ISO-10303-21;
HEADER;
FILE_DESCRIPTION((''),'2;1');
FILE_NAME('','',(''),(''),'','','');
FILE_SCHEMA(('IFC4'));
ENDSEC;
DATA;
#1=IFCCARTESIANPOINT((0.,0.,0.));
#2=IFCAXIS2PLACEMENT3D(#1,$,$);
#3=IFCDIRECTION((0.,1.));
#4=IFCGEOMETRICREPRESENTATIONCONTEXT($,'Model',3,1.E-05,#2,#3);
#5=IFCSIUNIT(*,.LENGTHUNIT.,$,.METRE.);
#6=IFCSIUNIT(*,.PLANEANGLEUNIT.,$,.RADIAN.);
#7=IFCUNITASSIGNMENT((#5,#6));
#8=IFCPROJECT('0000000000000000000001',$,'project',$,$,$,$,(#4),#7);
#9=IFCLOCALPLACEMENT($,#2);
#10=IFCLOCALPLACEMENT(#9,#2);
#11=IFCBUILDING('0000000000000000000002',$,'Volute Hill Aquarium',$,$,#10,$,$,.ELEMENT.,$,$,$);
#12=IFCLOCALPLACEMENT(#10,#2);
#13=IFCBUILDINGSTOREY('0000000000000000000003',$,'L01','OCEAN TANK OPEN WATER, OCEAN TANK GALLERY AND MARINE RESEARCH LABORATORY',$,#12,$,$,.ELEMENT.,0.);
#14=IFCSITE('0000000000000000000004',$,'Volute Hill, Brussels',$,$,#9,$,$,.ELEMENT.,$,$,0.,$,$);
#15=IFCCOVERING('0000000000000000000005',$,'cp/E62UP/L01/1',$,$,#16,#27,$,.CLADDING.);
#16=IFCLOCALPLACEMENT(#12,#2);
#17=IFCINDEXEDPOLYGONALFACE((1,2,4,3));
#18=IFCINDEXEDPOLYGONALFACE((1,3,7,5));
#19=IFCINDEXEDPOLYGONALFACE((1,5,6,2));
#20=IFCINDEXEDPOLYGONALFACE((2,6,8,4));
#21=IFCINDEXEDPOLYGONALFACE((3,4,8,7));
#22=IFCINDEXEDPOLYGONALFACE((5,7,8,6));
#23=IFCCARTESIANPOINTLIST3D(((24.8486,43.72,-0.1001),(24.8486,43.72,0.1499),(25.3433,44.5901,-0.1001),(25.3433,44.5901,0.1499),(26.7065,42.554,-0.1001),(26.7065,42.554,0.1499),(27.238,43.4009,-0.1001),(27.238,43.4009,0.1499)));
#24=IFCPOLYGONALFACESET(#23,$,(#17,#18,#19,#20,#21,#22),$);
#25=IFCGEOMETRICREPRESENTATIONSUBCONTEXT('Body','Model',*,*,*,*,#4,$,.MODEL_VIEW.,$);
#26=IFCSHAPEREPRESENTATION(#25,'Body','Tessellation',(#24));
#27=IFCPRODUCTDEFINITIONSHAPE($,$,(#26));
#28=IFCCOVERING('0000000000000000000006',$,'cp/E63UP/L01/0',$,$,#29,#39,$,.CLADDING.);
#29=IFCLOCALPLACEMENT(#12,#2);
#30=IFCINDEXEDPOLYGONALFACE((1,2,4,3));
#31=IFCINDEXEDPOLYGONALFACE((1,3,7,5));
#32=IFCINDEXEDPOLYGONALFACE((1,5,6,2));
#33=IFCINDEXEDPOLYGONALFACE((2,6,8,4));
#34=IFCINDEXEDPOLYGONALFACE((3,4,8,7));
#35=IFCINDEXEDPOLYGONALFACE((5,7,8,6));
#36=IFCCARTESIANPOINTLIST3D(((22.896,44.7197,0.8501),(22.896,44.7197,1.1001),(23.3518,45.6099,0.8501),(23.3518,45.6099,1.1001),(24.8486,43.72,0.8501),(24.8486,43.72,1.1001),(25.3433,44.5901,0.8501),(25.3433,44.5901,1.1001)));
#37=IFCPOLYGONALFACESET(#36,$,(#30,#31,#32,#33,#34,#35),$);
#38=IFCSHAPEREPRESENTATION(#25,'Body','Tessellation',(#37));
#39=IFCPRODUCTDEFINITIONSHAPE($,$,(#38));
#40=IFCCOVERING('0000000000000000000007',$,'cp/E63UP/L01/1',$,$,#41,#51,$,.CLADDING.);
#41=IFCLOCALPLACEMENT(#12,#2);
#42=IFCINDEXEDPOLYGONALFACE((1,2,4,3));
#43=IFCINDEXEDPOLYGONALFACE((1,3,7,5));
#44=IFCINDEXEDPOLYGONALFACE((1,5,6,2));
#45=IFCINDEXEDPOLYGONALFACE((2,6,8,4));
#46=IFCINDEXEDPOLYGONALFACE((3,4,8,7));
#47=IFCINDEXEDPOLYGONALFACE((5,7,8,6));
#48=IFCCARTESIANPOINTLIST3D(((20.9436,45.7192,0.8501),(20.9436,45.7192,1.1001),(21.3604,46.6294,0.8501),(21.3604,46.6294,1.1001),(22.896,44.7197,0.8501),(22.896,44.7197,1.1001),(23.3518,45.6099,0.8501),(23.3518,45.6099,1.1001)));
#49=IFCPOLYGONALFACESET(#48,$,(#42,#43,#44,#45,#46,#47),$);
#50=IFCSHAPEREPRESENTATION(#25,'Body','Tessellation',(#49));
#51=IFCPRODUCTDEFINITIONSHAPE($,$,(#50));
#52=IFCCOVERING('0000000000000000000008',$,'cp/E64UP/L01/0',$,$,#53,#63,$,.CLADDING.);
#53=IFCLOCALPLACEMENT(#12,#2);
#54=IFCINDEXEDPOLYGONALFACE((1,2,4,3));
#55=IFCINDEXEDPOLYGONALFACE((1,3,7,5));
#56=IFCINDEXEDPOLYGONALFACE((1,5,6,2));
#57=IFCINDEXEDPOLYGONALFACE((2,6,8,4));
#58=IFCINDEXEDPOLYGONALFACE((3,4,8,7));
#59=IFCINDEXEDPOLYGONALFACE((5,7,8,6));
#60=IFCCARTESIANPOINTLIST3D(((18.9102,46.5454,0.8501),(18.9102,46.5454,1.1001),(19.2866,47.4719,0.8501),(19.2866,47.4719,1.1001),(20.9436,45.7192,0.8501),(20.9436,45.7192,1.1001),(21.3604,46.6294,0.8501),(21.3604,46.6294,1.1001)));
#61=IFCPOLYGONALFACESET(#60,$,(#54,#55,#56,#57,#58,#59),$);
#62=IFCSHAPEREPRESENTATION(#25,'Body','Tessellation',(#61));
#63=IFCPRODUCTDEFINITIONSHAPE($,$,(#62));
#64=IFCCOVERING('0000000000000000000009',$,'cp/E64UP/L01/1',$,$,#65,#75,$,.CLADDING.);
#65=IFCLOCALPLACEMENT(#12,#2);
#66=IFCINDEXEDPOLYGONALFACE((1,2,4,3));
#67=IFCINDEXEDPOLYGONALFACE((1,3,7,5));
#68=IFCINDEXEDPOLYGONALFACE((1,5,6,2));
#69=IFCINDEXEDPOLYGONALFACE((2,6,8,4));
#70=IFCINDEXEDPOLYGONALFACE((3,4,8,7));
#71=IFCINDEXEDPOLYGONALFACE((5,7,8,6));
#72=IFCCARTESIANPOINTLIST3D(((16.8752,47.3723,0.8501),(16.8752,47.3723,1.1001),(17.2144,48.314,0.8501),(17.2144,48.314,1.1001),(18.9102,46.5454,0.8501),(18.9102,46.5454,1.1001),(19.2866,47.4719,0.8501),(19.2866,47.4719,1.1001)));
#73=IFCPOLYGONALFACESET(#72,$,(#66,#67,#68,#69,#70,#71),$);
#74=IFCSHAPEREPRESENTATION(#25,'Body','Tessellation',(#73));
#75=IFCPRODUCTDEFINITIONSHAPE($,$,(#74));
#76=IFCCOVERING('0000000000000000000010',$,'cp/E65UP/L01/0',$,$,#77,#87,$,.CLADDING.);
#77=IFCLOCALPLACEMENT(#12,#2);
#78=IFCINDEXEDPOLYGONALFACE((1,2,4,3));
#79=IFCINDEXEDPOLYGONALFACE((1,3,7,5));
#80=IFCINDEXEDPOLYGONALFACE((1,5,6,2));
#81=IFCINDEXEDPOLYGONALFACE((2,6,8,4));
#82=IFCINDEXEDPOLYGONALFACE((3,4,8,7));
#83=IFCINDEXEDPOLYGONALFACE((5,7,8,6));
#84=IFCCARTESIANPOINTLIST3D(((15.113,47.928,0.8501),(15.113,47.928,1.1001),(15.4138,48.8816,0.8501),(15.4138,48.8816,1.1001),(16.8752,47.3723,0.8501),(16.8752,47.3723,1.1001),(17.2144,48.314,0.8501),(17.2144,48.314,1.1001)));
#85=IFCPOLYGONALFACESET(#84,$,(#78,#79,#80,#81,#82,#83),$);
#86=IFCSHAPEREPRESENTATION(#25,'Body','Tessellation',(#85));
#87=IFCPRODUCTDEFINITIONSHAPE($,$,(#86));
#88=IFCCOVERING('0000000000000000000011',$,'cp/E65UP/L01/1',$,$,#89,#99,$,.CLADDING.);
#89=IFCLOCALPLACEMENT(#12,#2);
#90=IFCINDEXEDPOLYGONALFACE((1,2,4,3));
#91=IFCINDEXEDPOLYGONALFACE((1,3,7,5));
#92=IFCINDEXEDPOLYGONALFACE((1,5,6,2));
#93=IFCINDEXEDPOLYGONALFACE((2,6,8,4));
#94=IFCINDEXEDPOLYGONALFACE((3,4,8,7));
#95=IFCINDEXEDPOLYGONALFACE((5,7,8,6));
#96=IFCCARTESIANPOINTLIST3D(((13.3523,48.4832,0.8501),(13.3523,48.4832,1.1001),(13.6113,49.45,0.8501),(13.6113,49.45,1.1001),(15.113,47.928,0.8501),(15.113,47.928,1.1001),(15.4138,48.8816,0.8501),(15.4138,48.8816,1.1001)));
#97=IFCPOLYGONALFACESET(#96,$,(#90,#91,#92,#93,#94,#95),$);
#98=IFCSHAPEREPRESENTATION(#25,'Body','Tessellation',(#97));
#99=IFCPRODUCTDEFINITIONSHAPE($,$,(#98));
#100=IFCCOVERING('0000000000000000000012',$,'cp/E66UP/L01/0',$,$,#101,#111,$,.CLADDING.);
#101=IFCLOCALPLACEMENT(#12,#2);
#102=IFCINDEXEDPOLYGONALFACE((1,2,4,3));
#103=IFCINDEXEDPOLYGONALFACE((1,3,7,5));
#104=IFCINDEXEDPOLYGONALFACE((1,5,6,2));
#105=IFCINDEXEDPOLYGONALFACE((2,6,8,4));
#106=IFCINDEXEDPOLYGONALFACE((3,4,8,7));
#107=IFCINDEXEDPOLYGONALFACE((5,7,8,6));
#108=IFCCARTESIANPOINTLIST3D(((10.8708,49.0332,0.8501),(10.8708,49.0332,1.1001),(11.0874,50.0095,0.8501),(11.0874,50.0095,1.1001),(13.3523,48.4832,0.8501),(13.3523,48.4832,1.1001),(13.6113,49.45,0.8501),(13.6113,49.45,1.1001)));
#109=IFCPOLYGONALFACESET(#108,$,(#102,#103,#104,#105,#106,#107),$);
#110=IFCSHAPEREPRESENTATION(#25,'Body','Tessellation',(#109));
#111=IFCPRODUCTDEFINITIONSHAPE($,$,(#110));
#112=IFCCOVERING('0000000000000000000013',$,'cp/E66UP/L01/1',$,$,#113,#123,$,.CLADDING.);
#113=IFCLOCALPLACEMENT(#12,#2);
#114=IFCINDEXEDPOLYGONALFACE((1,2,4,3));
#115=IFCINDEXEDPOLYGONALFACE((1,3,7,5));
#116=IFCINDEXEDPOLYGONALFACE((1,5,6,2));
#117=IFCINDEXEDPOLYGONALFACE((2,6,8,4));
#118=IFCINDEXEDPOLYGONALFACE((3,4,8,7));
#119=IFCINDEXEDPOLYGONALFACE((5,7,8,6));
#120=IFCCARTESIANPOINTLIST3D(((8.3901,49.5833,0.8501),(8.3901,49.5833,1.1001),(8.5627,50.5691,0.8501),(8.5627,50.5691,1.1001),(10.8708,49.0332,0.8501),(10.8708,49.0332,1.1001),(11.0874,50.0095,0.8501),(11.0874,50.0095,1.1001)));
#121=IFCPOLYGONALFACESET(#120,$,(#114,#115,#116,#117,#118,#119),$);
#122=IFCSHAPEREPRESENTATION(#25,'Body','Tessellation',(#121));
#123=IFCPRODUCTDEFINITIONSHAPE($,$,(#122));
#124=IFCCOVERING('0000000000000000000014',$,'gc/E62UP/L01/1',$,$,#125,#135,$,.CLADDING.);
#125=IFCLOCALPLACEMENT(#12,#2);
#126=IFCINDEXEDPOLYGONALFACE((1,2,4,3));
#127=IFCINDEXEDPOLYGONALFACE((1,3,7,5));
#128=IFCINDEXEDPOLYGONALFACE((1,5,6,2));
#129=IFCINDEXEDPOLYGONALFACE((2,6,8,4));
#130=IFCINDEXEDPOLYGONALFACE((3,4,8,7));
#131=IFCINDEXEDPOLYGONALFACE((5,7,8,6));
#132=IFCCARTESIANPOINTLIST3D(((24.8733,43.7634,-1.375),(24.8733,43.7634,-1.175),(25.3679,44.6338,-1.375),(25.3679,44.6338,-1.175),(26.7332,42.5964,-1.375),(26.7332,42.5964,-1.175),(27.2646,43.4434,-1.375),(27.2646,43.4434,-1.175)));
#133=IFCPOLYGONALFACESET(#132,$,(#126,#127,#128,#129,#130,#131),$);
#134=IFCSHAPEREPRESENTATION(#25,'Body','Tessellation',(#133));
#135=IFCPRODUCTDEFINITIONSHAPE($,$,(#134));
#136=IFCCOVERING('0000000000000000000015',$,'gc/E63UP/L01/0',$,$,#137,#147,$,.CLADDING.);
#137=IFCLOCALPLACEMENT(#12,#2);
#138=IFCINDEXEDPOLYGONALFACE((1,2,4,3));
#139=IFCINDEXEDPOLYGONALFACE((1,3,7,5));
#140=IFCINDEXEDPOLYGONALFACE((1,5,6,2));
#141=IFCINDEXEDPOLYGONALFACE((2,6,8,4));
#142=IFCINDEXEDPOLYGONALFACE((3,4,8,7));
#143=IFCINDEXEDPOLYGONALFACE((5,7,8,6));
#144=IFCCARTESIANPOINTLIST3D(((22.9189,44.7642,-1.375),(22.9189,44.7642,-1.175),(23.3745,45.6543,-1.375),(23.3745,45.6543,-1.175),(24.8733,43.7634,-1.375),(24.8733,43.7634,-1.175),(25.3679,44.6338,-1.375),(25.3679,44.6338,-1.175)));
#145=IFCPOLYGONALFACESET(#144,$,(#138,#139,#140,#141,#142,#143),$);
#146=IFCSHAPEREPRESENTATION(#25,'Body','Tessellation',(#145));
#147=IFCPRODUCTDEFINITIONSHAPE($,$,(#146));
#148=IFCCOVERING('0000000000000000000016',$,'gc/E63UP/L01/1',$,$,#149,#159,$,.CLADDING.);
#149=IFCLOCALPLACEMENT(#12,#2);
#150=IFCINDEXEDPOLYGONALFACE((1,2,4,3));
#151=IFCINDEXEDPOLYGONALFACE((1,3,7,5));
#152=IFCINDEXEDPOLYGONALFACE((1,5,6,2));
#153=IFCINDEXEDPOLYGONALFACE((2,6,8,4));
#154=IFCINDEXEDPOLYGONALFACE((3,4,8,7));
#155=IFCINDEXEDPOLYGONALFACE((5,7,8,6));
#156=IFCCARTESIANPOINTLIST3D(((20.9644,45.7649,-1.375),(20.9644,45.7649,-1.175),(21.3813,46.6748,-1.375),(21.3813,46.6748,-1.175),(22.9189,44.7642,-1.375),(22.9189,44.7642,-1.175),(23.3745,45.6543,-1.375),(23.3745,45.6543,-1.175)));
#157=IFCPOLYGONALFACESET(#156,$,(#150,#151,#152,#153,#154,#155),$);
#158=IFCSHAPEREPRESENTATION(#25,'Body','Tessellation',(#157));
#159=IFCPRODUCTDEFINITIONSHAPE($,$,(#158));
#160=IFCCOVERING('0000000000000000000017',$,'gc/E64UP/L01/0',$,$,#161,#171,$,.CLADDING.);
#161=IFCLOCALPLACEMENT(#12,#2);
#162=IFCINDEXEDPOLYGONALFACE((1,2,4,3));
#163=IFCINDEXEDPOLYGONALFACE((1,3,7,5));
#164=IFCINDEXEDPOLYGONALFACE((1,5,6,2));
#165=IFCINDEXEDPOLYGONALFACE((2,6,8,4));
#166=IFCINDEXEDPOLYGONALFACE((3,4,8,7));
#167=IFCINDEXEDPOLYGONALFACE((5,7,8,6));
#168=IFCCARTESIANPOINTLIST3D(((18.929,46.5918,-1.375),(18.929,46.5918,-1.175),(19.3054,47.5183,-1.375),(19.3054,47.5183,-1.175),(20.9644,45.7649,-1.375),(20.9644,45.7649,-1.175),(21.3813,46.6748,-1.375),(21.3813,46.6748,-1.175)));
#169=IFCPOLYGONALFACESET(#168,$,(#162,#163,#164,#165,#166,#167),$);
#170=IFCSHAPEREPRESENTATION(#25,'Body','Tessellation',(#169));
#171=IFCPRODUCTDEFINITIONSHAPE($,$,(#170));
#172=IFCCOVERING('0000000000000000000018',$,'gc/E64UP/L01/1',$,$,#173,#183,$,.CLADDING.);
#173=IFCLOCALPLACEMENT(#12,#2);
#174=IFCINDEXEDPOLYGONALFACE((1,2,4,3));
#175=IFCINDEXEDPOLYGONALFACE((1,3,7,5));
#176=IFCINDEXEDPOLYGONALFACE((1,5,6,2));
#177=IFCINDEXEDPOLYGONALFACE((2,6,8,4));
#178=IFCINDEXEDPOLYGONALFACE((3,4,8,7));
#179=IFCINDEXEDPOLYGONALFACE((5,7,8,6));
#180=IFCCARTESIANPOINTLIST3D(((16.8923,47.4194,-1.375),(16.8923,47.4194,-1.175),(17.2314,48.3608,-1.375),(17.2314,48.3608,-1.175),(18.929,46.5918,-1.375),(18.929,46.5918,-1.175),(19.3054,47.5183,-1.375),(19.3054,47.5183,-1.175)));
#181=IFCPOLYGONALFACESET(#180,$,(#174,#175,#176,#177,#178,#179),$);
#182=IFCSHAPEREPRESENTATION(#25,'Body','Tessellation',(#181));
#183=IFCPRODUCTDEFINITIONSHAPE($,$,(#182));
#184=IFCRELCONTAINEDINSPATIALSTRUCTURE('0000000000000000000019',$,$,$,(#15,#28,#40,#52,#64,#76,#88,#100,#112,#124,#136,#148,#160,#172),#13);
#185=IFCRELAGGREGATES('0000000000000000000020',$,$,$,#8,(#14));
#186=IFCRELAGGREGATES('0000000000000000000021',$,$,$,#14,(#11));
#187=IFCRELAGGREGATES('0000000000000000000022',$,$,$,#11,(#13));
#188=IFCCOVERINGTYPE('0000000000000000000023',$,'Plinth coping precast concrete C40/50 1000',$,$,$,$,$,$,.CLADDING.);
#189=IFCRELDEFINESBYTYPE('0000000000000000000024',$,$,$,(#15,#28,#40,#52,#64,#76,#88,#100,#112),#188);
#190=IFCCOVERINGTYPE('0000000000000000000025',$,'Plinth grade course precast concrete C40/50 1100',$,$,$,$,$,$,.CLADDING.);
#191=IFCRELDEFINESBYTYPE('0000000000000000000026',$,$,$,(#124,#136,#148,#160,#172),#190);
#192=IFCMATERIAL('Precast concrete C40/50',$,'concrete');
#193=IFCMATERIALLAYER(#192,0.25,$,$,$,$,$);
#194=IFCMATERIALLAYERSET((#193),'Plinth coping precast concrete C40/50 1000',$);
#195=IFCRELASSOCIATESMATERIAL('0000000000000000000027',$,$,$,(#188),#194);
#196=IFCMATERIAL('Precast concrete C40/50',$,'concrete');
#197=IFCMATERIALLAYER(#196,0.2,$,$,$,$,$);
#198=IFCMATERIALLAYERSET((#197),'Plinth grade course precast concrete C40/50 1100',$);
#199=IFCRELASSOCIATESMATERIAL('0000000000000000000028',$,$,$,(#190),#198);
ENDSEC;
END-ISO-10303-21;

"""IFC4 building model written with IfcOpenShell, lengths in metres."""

from ifc_helpers import new_model, si_unit, direction, frame, origin, place, context, subcontext, project, spatial, polyline, outline, extrude, material, layer, layer_set, type_object, element, save


model = new_model("IFC4")

# Units and contexts
model_context = context("Model", 3, precision=1e-05, world=origin(), true_north=direction((0.0, 1.0)))
body_context = subcontext(model_context, "Body", "Model", "MODEL_VIEW")
ifc_project = project(units=[si_unit("LENGTHUNIT", "METRE"), si_unit("PLANEANGLEUNIT", "RADIAN")], contexts=[model_context])

# Site, building, storey
site_placement = place(None, origin())
site = spatial("IfcSite", under=ifc_project, at=site_placement, Name="Volute Hill, Brussels", CompositionType="ELEMENT", RefElevation=0.0)
building_placement = place(site_placement, origin())
building = spatial("IfcBuilding", under=site, at=building_placement, Name="Volute Hill Aquarium", CompositionType="ELEMENT")
storey_placement = place(building_placement, origin())
storey = spatial("IfcBuildingStorey", under=building, at=storey_placement, Name="L01", Description="OCEAN TANK OPEN WATER, OCEAN TANK GALLERY AND MARINE RESEARCH LABORATORY", CompositionType="ELEMENT", Elevation=0.0)

# Coverings
ifc_material_1 = material(Name="Precast concrete C40/50", Category="concrete")
ifc_layer_1 = layer(ifc_material_1, 0.25)
ifc_layer_set_1 = layer_set([ifc_layer_1], Name="Plinth coping precast concrete C40/50 1000")
covering_type_1 = type_object("IfcCoveringType", Name="Plinth coping precast concrete C40/50 1000", PredefinedType="CLADDING", material=ifc_layer_set_1)
covering_1_placement = place(storey_placement, frame((0.0, 0.0, -0.1001)))
element("IfcCovering", 1, at=covering_1_placement, inside=storey, type_object=covering_type_1, Name="cp/E62UP/L01/1", PredefinedType="CLADDING", context=body_context, shape_type="SweptSolid", body=[
    extrude(outline(polyline([(27.238, 43.4009), (25.3433, 44.5901), (24.8486, 43.72), (24.8486, 43.72), (26.7065, 42.554), (27.238, 43.4009)])), origin(), (0.0, 0.0, 1.0), 0.25),
])
covering_2_placement = place(storey_placement, frame((0.0, 0.0, 0.8501)))
element("IfcCovering", 2, at=covering_2_placement, inside=storey, type_object=covering_type_1, Name="cp/E63UP/L01/0", PredefinedType="CLADDING", context=body_context, shape_type="SweptSolid", body=[
    extrude(outline(polyline([(25.3433, 44.5901), (23.3518, 45.6099), (22.896, 44.7197), (24.8486, 43.72), (25.3433, 44.5901), (25.3433, 44.5901)])), origin(), (0.0, 0.0, 1.0), 0.25),
])
covering_3_placement = place(storey_placement, frame((0.0, 0.0, 0.8501)))
element("IfcCovering", 3, at=covering_3_placement, inside=storey, type_object=covering_type_1, Name="cp/E63UP/L01/1", PredefinedType="CLADDING", context=body_context, shape_type="SweptSolid", body=[
    extrude(outline(polyline([(21.3604, 46.6294), (21.3604, 46.6294), (20.9436, 45.7192), (22.896, 44.7197), (23.3518, 45.6099), (21.3604, 46.6294)])), origin(), (0.0, 0.0, 1.0), 0.25),
])
covering_4_placement = place(storey_placement, frame((0.0, 0.0, 0.8501)))
element("IfcCovering", 4, at=covering_4_placement, inside=storey, type_object=covering_type_1, Name="cp/E64UP/L01/0", PredefinedType="CLADDING", context=body_context, shape_type="SweptSolid", body=[
    extrude(outline(polyline([(21.3604, 46.6294), (19.2866, 47.4719), (18.9102, 46.5454), (20.9436, 45.7192), (20.9436, 45.7192), (21.3604, 46.6294)])), origin(), (0.0, 0.0, 1.0), 0.25),
])
covering_5_placement = place(storey_placement, frame((0.0, 0.0, 0.8501)))
element("IfcCovering", 5, at=covering_5_placement, inside=storey, type_object=covering_type_1, Name="cp/E64UP/L01/1", PredefinedType="CLADDING", context=body_context, shape_type="SweptSolid", body=[
    extrude(outline(polyline([(19.2866, 47.4719), (17.2144, 48.314), (16.8752, 47.3723), (16.8752, 47.3723), (18.9102, 46.5454), (19.2866, 47.4719)])), origin(), (0.0, 0.0, 1.0), 0.25),
])
covering_6_placement = place(storey_placement, frame((0.0, 0.0, 0.8501)))
element("IfcCovering", 6, at=covering_6_placement, inside=storey, type_object=covering_type_1, Name="cp/E65UP/L01/0", PredefinedType="CLADDING", context=body_context, shape_type="SweptSolid", body=[
    extrude(outline(polyline([(17.2144, 48.314), (15.4138, 48.8816), (15.113, 47.928), (16.8752, 47.3723), (17.2144, 48.314), (17.2144, 48.314)])), origin(), (0.0, 0.0, 1.0), 0.25),
])
covering_7_placement = place(storey_placement, frame((0.0, 0.0, 0.8501)))
element("IfcCovering", 7, at=covering_7_placement, inside=storey, type_object=covering_type_1, Name="cp/E65UP/L01/1", PredefinedType="CLADDING", context=body_context, shape_type="SweptSolid", body=[
    extrude(outline(polyline([(13.6113, 49.45), (13.6113, 49.45), (13.3523, 48.4832), (15.113, 47.928), (15.4138, 48.8816), (13.6113, 49.45)])), origin(), (0.0, 0.0, 1.0), 0.25),
])
covering_8_placement = place(storey_placement, frame((0.0, 0.0, 0.8501)))
element("IfcCovering", 8, at=covering_8_placement, inside=storey, type_object=covering_type_1, Name="cp/E66UP/L01/0", PredefinedType="CLADDING", context=body_context, shape_type="SweptSolid", body=[
    extrude(outline(polyline([(13.6113, 49.45), (11.0874, 50.0095), (10.8708, 49.0332), (13.3523, 48.4832), (13.3523, 48.4832), (13.6113, 49.45)])), origin(), (0.0, 0.0, 1.0), 0.25),
])
covering_9_placement = place(storey_placement, frame((0.0, 0.0, 0.8501)))
element("IfcCovering", 9, at=covering_9_placement, inside=storey, type_object=covering_type_1, Name="cp/E66UP/L01/1", PredefinedType="CLADDING", context=body_context, shape_type="SweptSolid", body=[
    extrude(outline(polyline([(11.0874, 50.0095), (8.5627, 50.5691), (8.3901, 49.5833), (8.3901, 49.5833), (10.8708, 49.0332), (11.0874, 50.0095)])), origin(), (0.0, 0.0, 1.0), 0.25),
])
ifc_material_2 = material(Name="Precast concrete C40/50", Category="concrete")
ifc_layer_2 = layer(ifc_material_2, 0.2)
ifc_layer_set_2 = layer_set([ifc_layer_2], Name="Plinth grade course precast concrete C40/50 1100")
covering_type_2 = type_object("IfcCoveringType", Name="Plinth grade course precast concrete C40/50 1100", PredefinedType="CLADDING", material=ifc_layer_set_2)
covering_10_placement = place(storey_placement, frame((0.0, 0.0, -1.375)))
element("IfcCovering", 10, at=covering_10_placement, inside=storey, type_object=covering_type_2, Name="gc/E62UP/L01/1", PredefinedType="CLADDING", context=body_context, shape_type="SweptSolid", body=[
    extrude(outline(polyline([(27.2646, 43.4434), (25.3679, 44.6338), (24.8733, 43.7634), (26.7332, 42.5964), (27.2646, 43.4434)])), origin(), (0.0, 0.0, 1.0), 0.2),
])
covering_11_placement = place(storey_placement, frame((0.0, 0.0, -1.375)))
element("IfcCovering", 11, at=covering_11_placement, inside=storey, type_object=covering_type_2, Name="gc/E63UP/L01/0", PredefinedType="CLADDING", context=body_context, shape_type="SweptSolid", body=[
    extrude(outline(polyline([(25.3679, 44.6338), (23.3745, 45.6543), (22.9189, 44.7642), (24.8733, 43.7634), (24.8733, 43.7634), (25.3679, 44.6338), (25.3679, 44.6338)])), origin(), (0.0, 0.0, 1.0), 0.2),
])
covering_12_placement = place(storey_placement, frame((0.0, 0.0, -1.375)))
element("IfcCovering", 12, at=covering_12_placement, inside=storey, type_object=covering_type_2, Name="gc/E63UP/L01/1", PredefinedType="CLADDING", context=body_context, shape_type="SweptSolid", body=[
    extrude(outline(polyline([(23.3745, 45.6543), (21.3813, 46.6748), (20.9644, 45.7649), (22.9189, 44.7642), (23.3745, 45.6543)])), origin(), (0.0, 0.0, 1.0), 0.2),
])
covering_13_placement = place(storey_placement, frame((0.0, 0.0, -1.375)))
element("IfcCovering", 13, at=covering_13_placement, inside=storey, type_object=covering_type_2, Name="gc/E64UP/L01/0", PredefinedType="CLADDING", context=body_context, shape_type="SweptSolid", body=[
    extrude(outline(polyline([(21.3813, 46.6748), (19.3054, 47.5183), (18.929, 46.5918), (20.9644, 45.7649), (20.9644, 45.7649), (21.3813, 46.6748), (21.3813, 46.6748)])), origin(), (0.0, 0.0, 1.0), 0.2),
])
covering_14_placement = place(storey_placement, frame((0.0, 0.0, -1.375)))
element("IfcCovering", 14, at=covering_14_placement, inside=storey, type_object=covering_type_2, Name="gc/E64UP/L01/1", PredefinedType="CLADDING", context=body_context, shape_type="SweptSolid", body=[
    extrude(outline(polyline([(17.2314, 48.3608), (17.2314, 48.3608), (16.8923, 47.4194), (16.8923, 47.4194), (18.929, 46.5918), (19.3054, 47.5183), (17.2314, 48.3608)])), origin(), (0.0, 0.0, 1.0), 0.2),
])

save(model, "model.ifc")
